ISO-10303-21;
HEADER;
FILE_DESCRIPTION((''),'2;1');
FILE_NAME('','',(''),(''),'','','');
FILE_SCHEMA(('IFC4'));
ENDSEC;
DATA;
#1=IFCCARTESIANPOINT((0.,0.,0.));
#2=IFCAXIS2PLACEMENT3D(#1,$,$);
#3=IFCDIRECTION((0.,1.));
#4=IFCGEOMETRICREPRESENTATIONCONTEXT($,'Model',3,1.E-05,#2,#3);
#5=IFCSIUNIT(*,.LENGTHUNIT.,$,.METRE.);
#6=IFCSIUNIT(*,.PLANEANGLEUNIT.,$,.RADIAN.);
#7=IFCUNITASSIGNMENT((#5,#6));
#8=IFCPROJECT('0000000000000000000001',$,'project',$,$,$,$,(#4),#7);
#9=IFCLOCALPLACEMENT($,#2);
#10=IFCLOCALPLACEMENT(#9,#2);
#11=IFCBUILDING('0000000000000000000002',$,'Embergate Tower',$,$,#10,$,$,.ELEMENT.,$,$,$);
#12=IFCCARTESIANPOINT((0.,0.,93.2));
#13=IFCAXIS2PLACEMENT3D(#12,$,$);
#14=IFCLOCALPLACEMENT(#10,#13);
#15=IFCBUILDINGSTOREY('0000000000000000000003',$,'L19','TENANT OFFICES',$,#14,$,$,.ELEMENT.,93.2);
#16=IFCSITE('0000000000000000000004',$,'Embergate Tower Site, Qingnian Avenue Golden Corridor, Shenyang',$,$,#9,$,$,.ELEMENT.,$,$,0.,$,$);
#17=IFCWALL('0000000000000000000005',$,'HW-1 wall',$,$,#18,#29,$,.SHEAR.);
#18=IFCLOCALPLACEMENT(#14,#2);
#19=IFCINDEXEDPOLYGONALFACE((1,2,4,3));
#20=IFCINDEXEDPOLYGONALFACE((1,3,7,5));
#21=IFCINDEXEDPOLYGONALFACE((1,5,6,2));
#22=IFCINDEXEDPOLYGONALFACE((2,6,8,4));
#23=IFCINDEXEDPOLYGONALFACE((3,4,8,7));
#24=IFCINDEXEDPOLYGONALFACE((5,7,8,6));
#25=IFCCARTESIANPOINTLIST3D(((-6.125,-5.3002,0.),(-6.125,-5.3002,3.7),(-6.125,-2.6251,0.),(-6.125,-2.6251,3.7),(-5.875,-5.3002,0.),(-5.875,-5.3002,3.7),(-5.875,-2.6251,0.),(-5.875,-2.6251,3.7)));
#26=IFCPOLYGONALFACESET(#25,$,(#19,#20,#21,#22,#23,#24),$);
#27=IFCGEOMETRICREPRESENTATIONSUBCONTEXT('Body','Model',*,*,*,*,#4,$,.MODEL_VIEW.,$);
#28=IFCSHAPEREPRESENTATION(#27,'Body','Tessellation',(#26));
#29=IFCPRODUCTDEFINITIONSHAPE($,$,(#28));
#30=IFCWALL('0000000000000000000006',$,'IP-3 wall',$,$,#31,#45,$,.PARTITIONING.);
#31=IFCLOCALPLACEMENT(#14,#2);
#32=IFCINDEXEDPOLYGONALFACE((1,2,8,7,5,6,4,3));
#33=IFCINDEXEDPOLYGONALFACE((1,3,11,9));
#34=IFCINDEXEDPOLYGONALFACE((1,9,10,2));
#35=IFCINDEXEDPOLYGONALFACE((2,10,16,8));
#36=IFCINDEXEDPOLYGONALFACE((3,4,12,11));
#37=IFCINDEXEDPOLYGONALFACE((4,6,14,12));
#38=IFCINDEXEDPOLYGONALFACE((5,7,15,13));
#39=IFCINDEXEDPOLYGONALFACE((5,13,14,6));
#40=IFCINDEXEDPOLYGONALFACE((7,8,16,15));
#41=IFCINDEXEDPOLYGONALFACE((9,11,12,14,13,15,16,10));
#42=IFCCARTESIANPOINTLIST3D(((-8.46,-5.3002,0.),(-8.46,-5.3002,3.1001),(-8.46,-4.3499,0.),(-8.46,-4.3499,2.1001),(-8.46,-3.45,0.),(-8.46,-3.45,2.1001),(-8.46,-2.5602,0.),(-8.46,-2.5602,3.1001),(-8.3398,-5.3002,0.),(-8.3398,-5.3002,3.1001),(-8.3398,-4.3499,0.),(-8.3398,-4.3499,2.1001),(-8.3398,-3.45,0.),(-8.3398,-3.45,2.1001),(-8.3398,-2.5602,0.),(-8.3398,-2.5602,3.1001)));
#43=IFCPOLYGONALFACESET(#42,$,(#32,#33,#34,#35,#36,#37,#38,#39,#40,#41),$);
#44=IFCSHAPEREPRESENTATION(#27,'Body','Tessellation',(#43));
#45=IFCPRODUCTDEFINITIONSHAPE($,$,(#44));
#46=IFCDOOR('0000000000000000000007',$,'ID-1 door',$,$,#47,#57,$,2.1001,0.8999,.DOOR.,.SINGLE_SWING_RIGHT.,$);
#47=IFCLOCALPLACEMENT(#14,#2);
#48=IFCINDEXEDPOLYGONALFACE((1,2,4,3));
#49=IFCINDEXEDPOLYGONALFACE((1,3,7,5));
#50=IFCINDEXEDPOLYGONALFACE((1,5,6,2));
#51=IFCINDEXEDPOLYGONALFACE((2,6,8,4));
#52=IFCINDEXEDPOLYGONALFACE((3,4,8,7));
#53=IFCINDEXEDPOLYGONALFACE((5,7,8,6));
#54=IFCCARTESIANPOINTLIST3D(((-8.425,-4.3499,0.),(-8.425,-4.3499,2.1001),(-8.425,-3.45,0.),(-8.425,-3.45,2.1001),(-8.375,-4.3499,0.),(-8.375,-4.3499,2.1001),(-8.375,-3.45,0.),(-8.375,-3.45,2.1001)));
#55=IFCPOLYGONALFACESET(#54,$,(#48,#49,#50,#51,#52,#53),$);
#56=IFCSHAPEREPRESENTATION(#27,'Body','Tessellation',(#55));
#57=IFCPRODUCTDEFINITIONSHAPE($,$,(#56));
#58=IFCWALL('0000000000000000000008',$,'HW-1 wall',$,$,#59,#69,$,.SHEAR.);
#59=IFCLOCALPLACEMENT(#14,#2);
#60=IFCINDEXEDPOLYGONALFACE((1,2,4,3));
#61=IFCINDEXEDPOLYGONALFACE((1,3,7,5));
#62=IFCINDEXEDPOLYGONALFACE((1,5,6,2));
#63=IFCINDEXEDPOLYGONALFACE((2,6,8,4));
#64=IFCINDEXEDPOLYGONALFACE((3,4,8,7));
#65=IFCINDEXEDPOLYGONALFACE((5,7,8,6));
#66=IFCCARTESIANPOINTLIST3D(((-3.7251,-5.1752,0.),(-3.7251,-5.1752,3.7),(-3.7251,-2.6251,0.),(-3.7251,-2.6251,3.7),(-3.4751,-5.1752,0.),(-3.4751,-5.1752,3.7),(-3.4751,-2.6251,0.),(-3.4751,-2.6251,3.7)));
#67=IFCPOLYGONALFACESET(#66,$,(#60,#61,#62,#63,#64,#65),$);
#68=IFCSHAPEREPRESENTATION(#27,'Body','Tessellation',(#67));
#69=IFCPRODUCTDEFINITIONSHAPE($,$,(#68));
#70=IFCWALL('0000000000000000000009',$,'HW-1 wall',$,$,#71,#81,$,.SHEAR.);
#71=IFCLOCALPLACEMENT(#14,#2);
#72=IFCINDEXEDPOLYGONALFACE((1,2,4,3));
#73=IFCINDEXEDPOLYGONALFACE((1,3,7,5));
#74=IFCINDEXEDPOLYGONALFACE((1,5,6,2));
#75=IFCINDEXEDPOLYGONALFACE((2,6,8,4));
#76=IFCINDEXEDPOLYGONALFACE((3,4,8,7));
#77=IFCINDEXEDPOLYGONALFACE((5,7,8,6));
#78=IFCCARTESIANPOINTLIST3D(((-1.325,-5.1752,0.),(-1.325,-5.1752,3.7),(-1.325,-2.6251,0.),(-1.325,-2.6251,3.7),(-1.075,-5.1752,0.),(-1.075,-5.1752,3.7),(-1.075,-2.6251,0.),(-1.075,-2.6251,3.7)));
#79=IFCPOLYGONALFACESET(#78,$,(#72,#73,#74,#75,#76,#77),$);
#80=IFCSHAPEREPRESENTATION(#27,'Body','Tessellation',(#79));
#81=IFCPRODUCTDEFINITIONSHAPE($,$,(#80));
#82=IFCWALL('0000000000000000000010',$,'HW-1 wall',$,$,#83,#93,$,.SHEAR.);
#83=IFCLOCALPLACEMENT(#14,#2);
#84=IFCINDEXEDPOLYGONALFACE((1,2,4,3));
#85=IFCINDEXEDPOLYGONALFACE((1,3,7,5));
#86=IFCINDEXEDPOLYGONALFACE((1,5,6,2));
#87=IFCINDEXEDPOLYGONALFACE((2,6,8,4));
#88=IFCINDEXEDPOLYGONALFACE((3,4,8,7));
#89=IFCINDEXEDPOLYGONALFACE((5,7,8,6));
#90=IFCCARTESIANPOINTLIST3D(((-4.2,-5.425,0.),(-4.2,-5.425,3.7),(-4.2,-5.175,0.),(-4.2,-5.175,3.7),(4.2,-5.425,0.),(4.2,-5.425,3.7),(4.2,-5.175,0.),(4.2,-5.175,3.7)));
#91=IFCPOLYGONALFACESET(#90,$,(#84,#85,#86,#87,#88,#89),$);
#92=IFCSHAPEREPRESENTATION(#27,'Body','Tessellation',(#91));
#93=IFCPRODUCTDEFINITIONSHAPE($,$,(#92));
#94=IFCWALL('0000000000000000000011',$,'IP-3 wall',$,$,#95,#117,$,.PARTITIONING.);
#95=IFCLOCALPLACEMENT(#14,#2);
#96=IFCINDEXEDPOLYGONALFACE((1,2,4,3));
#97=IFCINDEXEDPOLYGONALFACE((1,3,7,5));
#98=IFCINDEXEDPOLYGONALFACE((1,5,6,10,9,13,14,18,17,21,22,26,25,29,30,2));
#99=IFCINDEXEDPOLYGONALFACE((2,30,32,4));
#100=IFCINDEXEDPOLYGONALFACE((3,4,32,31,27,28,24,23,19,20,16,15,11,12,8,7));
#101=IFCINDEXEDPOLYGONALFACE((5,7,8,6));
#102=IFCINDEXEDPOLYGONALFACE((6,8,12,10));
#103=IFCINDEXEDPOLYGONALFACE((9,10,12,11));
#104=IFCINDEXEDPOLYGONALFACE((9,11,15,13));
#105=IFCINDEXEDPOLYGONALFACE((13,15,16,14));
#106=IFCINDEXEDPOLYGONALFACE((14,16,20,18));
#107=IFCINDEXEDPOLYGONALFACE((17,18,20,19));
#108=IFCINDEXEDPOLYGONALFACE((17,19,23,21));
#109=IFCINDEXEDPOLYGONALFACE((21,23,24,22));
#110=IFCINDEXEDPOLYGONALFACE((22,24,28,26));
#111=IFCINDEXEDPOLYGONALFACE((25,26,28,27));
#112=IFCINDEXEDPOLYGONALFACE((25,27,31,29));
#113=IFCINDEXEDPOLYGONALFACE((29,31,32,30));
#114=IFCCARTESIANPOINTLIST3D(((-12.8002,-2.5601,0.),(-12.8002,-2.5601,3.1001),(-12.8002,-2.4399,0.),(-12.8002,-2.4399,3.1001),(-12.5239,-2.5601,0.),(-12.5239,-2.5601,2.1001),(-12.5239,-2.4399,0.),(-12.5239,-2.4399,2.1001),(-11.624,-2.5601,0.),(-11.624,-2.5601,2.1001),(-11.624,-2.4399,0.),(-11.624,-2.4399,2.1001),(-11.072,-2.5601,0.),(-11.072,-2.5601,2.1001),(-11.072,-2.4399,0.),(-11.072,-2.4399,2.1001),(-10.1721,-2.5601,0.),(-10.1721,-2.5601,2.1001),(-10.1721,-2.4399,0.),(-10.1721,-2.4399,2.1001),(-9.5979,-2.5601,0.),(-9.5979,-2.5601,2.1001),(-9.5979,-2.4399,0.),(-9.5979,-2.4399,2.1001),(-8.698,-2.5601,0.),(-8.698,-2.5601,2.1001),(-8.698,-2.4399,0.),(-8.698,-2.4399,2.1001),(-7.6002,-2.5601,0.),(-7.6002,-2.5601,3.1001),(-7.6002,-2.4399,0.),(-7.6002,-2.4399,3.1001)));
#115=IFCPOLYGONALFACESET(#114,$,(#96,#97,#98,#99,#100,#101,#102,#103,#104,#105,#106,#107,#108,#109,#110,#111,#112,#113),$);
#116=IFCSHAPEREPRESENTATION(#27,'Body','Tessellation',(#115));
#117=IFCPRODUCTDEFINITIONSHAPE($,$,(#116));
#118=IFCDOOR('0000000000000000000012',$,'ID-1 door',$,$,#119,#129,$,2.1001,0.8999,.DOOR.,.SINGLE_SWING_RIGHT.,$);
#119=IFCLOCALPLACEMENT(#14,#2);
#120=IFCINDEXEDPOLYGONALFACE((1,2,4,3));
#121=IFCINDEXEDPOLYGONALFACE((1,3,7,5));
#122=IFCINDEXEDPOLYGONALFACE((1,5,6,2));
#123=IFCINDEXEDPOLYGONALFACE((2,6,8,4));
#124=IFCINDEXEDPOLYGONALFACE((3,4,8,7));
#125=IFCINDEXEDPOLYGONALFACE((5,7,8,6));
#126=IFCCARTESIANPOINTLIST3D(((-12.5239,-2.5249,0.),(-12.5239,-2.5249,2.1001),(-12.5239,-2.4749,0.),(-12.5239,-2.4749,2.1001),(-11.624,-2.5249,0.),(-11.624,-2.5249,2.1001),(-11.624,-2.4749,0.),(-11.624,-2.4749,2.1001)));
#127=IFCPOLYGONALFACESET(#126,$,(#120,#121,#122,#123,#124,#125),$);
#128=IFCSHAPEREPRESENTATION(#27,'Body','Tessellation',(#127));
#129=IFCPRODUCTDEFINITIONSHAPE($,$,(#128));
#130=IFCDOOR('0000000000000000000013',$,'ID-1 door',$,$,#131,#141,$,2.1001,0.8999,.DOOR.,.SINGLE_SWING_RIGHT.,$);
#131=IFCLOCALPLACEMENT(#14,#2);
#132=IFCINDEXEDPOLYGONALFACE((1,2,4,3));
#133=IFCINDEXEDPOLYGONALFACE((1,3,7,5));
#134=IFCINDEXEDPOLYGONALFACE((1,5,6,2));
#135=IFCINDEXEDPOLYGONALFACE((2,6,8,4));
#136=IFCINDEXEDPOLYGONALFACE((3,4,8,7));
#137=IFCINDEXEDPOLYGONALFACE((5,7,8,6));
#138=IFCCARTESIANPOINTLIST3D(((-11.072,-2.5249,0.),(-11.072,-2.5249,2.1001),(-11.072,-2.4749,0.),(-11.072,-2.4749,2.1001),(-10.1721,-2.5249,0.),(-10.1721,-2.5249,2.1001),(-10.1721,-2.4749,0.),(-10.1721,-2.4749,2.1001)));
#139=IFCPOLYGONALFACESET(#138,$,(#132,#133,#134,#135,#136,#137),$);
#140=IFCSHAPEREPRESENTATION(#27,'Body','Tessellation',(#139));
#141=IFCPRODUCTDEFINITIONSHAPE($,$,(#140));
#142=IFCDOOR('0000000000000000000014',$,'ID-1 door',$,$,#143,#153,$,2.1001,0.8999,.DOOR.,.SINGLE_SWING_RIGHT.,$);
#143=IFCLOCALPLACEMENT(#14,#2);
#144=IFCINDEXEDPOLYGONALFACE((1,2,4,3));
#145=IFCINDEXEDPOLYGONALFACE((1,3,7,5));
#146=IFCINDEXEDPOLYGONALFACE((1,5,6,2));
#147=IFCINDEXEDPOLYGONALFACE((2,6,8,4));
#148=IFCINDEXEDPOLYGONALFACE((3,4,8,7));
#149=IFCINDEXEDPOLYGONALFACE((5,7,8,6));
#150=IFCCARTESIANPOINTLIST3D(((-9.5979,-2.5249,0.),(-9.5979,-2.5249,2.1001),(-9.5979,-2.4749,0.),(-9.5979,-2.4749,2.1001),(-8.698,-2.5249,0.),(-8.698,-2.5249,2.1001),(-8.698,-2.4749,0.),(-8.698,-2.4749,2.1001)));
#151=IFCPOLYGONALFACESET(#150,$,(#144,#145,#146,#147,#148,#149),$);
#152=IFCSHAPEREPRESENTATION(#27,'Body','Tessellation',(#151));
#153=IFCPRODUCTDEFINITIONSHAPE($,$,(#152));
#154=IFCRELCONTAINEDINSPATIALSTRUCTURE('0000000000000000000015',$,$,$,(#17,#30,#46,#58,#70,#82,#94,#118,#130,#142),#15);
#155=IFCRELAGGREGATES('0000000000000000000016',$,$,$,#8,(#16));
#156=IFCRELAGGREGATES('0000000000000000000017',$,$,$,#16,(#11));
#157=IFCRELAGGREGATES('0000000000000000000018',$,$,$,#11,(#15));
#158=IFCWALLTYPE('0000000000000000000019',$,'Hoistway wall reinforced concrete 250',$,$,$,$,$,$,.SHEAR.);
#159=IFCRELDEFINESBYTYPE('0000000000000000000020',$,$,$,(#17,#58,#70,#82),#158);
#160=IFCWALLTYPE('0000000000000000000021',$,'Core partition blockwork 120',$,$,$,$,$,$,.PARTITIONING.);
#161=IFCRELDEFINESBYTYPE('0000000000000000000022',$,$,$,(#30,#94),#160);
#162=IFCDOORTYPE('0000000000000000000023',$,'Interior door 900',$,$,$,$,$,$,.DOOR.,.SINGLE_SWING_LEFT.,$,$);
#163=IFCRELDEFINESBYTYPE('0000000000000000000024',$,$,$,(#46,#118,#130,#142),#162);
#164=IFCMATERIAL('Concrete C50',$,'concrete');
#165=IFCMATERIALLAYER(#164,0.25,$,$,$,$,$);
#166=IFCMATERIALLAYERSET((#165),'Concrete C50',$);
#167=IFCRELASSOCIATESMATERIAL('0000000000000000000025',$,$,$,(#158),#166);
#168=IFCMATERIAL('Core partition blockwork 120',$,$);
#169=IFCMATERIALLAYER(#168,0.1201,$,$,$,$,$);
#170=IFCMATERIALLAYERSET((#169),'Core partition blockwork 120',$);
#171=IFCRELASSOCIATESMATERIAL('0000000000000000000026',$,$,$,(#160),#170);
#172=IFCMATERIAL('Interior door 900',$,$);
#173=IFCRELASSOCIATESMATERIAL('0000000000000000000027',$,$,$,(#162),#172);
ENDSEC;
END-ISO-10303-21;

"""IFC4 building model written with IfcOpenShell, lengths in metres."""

from ifc_helpers import new_model, si_unit, direction, frame, frame_2d, origin, place, context, subcontext, project, spatial, rectangle, extrude, source, transform, mapped, material, layer, layer_set, type_object, element, fill, save


model = new_model("IFC4")

# Units and contexts
model_context = context("Model", 3, precision=1e-05, world=origin(), true_north=direction((0.0, 1.0)))
body_context = subcontext(model_context, "Body", "Model", "MODEL_VIEW")
ifc_project = project(units=[si_unit("LENGTHUNIT", "METRE"), si_unit("PLANEANGLEUNIT", "RADIAN")], contexts=[model_context])

# Site, building, storey
site_placement = place(None, origin())
site = spatial("IfcSite", under=ifc_project, at=site_placement, Name="Embergate Tower Site, Qingnian Avenue Golden Corridor, Shenyang", CompositionType="ELEMENT", RefElevation=0.0)
building_placement = place(site_placement, origin())
building = spatial("IfcBuilding", under=site, at=building_placement, Name="Embergate Tower", CompositionType="ELEMENT")
storey_placement = place(building_placement, frame((0.0, 0.0, 93.2)))
storey = spatial("IfcBuildingStorey", under=building, at=storey_placement, Name="L19", Description="TENANT OFFICES", CompositionType="ELEMENT", Elevation=93.2)

# Wall
ifc_material_1 = material(Name="Concrete C50", Category="concrete")
ifc_layer_1 = layer(ifc_material_1, 0.25)
ifc_layer_set_1 = layer_set([ifc_layer_1], Name="Concrete C50")
wall_type_1 = type_object("IfcWallType", Name="Hoistway wall reinforced concrete 250", PredefinedType="SHEAR", material=ifc_layer_set_1)
shared_shape_1 = source(origin(), body_context, "Body", "SweptSolid", [
    extrude(rectangle(XDim=2.675, YDim=0.25, at=frame_2d((1.3374, 0.0))), origin(), (0.0, 0.0, 1.0), 3.7),
])
wall_1_placement = place(storey_placement, frame((-6.0, -5.3, 0.0), z_axis=(0.0, 0.0, 1.0), x_axis=(0.0, 1.0, 0.0)))
element("IfcWall", 1, at=wall_1_placement, inside=storey, type_object=wall_type_1, Name="HW-1 wall", PredefinedType="SHEAR", context=body_context, shape_type="MappedRepresentation", body=[
    mapped(shared_shape_1, transform((0.0, 0.0, 0.0))),
])

# Wall, opening, door
ifc_material_2 = material(Name="Core partition blockwork 120")
ifc_layer_2 = layer(ifc_material_2, 0.1201)
ifc_layer_set_2 = layer_set([ifc_layer_2], Name="Core partition blockwork 120")
wall_type_2 = type_object("IfcWallType", Name="Core partition blockwork 120", PredefinedType="PARTITIONING", material=ifc_layer_set_2)
shared_shape_2 = source(origin(), body_context, "Body", "SweptSolid", [
    extrude(rectangle(XDim=2.74, YDim=0.1201, at=frame_2d((1.3701, 0.0))), origin(), (0.0, 0.0, 1.0), 3.1001),
])
wall_2_placement = place(storey_placement, frame((-8.3999, -2.5601, 0.0), z_axis=(0.0, 0.0, 1.0), x_axis=(0.0, -1.0, 0.0)))
wall_2 = element("IfcWall", 2, at=wall_2_placement, inside=storey, type_object=wall_type_2, Name="IP-3 wall", PredefinedType="PARTITIONING", context=body_context, shape_type="MappedRepresentation", body=[
    mapped(shared_shape_2, transform((0.0, 0.0, 0.0))),
])
shared_shape_3 = source(origin(), body_context, "Body", "SweptSolid", [
    extrude(rectangle(XDim=0.8999, YDim=2.1001, at=frame_2d((0.45, 1.05))), frame((0.0, 0.0701, 0.0), z_axis=(0.0, -1.0, 0.0), x_axis=(1.0, 0.0, 0.0)), (0.0, 0.0, 1.0), 0.1401),
])
opening_1_placement = place(wall_2_placement, frame((0.8899, 0.0, 0.0)))
opening_1 = element("IfcOpeningElement", 3, at=opening_1_placement, cuts=wall_2, PredefinedType="OPENING", context=body_context, shape_type="MappedRepresentation", body=[
    mapped(shared_shape_3, transform((0.0, 0.0, 0.0))),
])
ifc_material_3 = material(Name="Interior door 900")
door_type_1 = type_object("IfcDoorType", Name="Interior door 900", OperationType="SINGLE_SWING_LEFT", PredefinedType="DOOR", material=ifc_material_3)
shared_shape_4 = source(origin(), body_context, "Body", "SweptSolid", [
    extrude(rectangle(XDim=0.8999, YDim=2.1001, at=frame_2d((0.45, 1.05))), frame((0.0, 0.0249, 0.0), z_axis=(0.0, -1.0, 0.0), x_axis=(1.0, 0.0, 0.0)), (0.0, 0.0, 1.0), 0.05),
])
door_1_placement = place(opening_1_placement, origin())
door_1 = element("IfcDoor", 4, at=door_1_placement, inside=storey, type_object=door_type_1, Name="ID-1 door", OperationType="SINGLE_SWING_RIGHT", OverallHeight=2.1001, OverallWidth=0.8999, PredefinedType="DOOR", context=body_context, shape_type="MappedRepresentation", body=[
    mapped(shared_shape_4, transform((0.0, 0.0, 0.0))),
])
fill(opening_1, door_1)

# Walls
shared_shape_5 = source(origin(), body_context, "Body", "SweptSolid", [
    extrude(rectangle(XDim=2.55, YDim=0.25, at=frame_2d((1.2749, 0.0))), origin(), (0.0, 0.0, 1.0), 3.7),
])
for number, where, z_axis, x_axis, name in (
    (5, (-3.6001, -5.175, 0.0), (0.0, 0.0, 1.0), (0.0, 1.0, 0.0), "HW-1 wall"),
    (6, (-1.2, -5.175, 0.0), (0.0, 0.0, 1.0), (0.0, 1.0, 0.0), "HW-1 wall"),
):
    element("IfcWall", number, at=place(storey_placement, frame(where, z_axis=z_axis, x_axis=x_axis)), inside=storey, type_object=wall_type_1, Name=name, PredefinedType="SHEAR", context=body_context, shape_type="MappedRepresentation", body=[
        mapped(shared_shape_5, transform((0.0, 0.0, 0.0))),
    ])
shared_shape_6 = source(origin(), body_context, "Body", "SweptSolid", [
    extrude(rectangle(XDim=8.3999, YDim=0.25, at=frame_2d((4.2, 0.0))), origin(), (0.0, 0.0, 1.0), 3.7),
])
wall_3_placement = place(storey_placement, frame((-4.2, -5.3, 0.0), z_axis=(0.0, 0.0, 1.0), x_axis=(1.0, 0.0, 0.0)))
element("IfcWall", 7, at=wall_3_placement, inside=storey, type_object=wall_type_1, Name="HW-1 wall", PredefinedType="SHEAR", context=body_context, shape_type="MappedRepresentation", body=[
    mapped(shared_shape_6, transform((0.0, 0.0, 0.0))),
])

# Wall, openings, doors
shared_shape_7 = source(origin(), body_context, "Body", "SweptSolid", [
    extrude(rectangle(XDim=5.2, YDim=0.1201, at=frame_2d((2.6001, 0.0))), origin(), (0.0, 0.0, 1.0), 3.1001),
])
wall_4_placement = place(storey_placement, frame((-7.6001, -2.5, 0.0), z_axis=(0.0, 0.0, 1.0), x_axis=(-1.0, 0.0, 0.0)))
wall_4 = element("IfcWall", 8, at=wall_4_placement, inside=storey, type_object=wall_type_2, Name="IP-3 wall", PredefinedType="PARTITIONING", context=body_context, shape_type="MappedRepresentation", body=[
    mapped(shared_shape_7, transform((0.0, 0.0, 0.0))),
])
opening_2_placement = place(wall_4_placement, frame((4.0239, 0.0, 0.0)))
opening_2 = element("IfcOpeningElement", 9, at=opening_2_placement, cuts=wall_4, PredefinedType="OPENING", context=body_context, shape_type="MappedRepresentation", body=[
    mapped(shared_shape_3, transform((0.0, 0.0, 0.0))),
])
opening_3_placement = place(wall_4_placement, frame((2.572, 0.0, 0.0)))
opening_3 = element("IfcOpeningElement", 10, at=opening_3_placement, cuts=wall_4, PredefinedType="OPENING", context=body_context, shape_type="MappedRepresentation", body=[
    mapped(shared_shape_3, transform((0.0, 0.0, 0.0))),
])
opening_4_placement = place(wall_4_placement, frame((1.0979, 0.0, 0.0)))
opening_4 = element("IfcOpeningElement", 11, at=opening_4_placement, cuts=wall_4, PredefinedType="OPENING", context=body_context, shape_type="MappedRepresentation", body=[
    mapped(shared_shape_3, transform((0.0, 0.0, 0.0))),
])
door_2_placement = place(opening_2_placement, origin())
door_2 = element("IfcDoor", 12, at=door_2_placement, inside=storey, type_object=door_type_1, Name="ID-1 door", OperationType="SINGLE_SWING_RIGHT", OverallHeight=2.1001, OverallWidth=0.8999, PredefinedType="DOOR", context=body_context, shape_type="MappedRepresentation", body=[
    mapped(shared_shape_4, transform((0.0, 0.0, 0.0))),
])
fill(opening_2, door_2)
door_3_placement = place(opening_3_placement, origin())
door_3 = element("IfcDoor", 13, at=door_3_placement, inside=storey, type_object=door_type_1, Name="ID-1 door", OperationType="SINGLE_SWING_RIGHT", OverallHeight=2.1001, OverallWidth=0.8999, PredefinedType="DOOR", context=body_context, shape_type="MappedRepresentation", body=[
    mapped(shared_shape_4, transform((0.0, 0.0, 0.0))),
])
fill(opening_3, door_3)
door_4_placement = place(opening_4_placement, origin())
door_4 = element("IfcDoor", 14, at=door_4_placement, inside=storey, type_object=door_type_1, Name="ID-1 door", OperationType="SINGLE_SWING_RIGHT", OverallHeight=2.1001, OverallWidth=0.8999, PredefinedType="DOOR", context=body_context, shape_type="MappedRepresentation", body=[
    mapped(shared_shape_4, transform((0.0, 0.0, 0.0))),
])
fill(opening_4, door_4)

save(model, "model.ifc")
